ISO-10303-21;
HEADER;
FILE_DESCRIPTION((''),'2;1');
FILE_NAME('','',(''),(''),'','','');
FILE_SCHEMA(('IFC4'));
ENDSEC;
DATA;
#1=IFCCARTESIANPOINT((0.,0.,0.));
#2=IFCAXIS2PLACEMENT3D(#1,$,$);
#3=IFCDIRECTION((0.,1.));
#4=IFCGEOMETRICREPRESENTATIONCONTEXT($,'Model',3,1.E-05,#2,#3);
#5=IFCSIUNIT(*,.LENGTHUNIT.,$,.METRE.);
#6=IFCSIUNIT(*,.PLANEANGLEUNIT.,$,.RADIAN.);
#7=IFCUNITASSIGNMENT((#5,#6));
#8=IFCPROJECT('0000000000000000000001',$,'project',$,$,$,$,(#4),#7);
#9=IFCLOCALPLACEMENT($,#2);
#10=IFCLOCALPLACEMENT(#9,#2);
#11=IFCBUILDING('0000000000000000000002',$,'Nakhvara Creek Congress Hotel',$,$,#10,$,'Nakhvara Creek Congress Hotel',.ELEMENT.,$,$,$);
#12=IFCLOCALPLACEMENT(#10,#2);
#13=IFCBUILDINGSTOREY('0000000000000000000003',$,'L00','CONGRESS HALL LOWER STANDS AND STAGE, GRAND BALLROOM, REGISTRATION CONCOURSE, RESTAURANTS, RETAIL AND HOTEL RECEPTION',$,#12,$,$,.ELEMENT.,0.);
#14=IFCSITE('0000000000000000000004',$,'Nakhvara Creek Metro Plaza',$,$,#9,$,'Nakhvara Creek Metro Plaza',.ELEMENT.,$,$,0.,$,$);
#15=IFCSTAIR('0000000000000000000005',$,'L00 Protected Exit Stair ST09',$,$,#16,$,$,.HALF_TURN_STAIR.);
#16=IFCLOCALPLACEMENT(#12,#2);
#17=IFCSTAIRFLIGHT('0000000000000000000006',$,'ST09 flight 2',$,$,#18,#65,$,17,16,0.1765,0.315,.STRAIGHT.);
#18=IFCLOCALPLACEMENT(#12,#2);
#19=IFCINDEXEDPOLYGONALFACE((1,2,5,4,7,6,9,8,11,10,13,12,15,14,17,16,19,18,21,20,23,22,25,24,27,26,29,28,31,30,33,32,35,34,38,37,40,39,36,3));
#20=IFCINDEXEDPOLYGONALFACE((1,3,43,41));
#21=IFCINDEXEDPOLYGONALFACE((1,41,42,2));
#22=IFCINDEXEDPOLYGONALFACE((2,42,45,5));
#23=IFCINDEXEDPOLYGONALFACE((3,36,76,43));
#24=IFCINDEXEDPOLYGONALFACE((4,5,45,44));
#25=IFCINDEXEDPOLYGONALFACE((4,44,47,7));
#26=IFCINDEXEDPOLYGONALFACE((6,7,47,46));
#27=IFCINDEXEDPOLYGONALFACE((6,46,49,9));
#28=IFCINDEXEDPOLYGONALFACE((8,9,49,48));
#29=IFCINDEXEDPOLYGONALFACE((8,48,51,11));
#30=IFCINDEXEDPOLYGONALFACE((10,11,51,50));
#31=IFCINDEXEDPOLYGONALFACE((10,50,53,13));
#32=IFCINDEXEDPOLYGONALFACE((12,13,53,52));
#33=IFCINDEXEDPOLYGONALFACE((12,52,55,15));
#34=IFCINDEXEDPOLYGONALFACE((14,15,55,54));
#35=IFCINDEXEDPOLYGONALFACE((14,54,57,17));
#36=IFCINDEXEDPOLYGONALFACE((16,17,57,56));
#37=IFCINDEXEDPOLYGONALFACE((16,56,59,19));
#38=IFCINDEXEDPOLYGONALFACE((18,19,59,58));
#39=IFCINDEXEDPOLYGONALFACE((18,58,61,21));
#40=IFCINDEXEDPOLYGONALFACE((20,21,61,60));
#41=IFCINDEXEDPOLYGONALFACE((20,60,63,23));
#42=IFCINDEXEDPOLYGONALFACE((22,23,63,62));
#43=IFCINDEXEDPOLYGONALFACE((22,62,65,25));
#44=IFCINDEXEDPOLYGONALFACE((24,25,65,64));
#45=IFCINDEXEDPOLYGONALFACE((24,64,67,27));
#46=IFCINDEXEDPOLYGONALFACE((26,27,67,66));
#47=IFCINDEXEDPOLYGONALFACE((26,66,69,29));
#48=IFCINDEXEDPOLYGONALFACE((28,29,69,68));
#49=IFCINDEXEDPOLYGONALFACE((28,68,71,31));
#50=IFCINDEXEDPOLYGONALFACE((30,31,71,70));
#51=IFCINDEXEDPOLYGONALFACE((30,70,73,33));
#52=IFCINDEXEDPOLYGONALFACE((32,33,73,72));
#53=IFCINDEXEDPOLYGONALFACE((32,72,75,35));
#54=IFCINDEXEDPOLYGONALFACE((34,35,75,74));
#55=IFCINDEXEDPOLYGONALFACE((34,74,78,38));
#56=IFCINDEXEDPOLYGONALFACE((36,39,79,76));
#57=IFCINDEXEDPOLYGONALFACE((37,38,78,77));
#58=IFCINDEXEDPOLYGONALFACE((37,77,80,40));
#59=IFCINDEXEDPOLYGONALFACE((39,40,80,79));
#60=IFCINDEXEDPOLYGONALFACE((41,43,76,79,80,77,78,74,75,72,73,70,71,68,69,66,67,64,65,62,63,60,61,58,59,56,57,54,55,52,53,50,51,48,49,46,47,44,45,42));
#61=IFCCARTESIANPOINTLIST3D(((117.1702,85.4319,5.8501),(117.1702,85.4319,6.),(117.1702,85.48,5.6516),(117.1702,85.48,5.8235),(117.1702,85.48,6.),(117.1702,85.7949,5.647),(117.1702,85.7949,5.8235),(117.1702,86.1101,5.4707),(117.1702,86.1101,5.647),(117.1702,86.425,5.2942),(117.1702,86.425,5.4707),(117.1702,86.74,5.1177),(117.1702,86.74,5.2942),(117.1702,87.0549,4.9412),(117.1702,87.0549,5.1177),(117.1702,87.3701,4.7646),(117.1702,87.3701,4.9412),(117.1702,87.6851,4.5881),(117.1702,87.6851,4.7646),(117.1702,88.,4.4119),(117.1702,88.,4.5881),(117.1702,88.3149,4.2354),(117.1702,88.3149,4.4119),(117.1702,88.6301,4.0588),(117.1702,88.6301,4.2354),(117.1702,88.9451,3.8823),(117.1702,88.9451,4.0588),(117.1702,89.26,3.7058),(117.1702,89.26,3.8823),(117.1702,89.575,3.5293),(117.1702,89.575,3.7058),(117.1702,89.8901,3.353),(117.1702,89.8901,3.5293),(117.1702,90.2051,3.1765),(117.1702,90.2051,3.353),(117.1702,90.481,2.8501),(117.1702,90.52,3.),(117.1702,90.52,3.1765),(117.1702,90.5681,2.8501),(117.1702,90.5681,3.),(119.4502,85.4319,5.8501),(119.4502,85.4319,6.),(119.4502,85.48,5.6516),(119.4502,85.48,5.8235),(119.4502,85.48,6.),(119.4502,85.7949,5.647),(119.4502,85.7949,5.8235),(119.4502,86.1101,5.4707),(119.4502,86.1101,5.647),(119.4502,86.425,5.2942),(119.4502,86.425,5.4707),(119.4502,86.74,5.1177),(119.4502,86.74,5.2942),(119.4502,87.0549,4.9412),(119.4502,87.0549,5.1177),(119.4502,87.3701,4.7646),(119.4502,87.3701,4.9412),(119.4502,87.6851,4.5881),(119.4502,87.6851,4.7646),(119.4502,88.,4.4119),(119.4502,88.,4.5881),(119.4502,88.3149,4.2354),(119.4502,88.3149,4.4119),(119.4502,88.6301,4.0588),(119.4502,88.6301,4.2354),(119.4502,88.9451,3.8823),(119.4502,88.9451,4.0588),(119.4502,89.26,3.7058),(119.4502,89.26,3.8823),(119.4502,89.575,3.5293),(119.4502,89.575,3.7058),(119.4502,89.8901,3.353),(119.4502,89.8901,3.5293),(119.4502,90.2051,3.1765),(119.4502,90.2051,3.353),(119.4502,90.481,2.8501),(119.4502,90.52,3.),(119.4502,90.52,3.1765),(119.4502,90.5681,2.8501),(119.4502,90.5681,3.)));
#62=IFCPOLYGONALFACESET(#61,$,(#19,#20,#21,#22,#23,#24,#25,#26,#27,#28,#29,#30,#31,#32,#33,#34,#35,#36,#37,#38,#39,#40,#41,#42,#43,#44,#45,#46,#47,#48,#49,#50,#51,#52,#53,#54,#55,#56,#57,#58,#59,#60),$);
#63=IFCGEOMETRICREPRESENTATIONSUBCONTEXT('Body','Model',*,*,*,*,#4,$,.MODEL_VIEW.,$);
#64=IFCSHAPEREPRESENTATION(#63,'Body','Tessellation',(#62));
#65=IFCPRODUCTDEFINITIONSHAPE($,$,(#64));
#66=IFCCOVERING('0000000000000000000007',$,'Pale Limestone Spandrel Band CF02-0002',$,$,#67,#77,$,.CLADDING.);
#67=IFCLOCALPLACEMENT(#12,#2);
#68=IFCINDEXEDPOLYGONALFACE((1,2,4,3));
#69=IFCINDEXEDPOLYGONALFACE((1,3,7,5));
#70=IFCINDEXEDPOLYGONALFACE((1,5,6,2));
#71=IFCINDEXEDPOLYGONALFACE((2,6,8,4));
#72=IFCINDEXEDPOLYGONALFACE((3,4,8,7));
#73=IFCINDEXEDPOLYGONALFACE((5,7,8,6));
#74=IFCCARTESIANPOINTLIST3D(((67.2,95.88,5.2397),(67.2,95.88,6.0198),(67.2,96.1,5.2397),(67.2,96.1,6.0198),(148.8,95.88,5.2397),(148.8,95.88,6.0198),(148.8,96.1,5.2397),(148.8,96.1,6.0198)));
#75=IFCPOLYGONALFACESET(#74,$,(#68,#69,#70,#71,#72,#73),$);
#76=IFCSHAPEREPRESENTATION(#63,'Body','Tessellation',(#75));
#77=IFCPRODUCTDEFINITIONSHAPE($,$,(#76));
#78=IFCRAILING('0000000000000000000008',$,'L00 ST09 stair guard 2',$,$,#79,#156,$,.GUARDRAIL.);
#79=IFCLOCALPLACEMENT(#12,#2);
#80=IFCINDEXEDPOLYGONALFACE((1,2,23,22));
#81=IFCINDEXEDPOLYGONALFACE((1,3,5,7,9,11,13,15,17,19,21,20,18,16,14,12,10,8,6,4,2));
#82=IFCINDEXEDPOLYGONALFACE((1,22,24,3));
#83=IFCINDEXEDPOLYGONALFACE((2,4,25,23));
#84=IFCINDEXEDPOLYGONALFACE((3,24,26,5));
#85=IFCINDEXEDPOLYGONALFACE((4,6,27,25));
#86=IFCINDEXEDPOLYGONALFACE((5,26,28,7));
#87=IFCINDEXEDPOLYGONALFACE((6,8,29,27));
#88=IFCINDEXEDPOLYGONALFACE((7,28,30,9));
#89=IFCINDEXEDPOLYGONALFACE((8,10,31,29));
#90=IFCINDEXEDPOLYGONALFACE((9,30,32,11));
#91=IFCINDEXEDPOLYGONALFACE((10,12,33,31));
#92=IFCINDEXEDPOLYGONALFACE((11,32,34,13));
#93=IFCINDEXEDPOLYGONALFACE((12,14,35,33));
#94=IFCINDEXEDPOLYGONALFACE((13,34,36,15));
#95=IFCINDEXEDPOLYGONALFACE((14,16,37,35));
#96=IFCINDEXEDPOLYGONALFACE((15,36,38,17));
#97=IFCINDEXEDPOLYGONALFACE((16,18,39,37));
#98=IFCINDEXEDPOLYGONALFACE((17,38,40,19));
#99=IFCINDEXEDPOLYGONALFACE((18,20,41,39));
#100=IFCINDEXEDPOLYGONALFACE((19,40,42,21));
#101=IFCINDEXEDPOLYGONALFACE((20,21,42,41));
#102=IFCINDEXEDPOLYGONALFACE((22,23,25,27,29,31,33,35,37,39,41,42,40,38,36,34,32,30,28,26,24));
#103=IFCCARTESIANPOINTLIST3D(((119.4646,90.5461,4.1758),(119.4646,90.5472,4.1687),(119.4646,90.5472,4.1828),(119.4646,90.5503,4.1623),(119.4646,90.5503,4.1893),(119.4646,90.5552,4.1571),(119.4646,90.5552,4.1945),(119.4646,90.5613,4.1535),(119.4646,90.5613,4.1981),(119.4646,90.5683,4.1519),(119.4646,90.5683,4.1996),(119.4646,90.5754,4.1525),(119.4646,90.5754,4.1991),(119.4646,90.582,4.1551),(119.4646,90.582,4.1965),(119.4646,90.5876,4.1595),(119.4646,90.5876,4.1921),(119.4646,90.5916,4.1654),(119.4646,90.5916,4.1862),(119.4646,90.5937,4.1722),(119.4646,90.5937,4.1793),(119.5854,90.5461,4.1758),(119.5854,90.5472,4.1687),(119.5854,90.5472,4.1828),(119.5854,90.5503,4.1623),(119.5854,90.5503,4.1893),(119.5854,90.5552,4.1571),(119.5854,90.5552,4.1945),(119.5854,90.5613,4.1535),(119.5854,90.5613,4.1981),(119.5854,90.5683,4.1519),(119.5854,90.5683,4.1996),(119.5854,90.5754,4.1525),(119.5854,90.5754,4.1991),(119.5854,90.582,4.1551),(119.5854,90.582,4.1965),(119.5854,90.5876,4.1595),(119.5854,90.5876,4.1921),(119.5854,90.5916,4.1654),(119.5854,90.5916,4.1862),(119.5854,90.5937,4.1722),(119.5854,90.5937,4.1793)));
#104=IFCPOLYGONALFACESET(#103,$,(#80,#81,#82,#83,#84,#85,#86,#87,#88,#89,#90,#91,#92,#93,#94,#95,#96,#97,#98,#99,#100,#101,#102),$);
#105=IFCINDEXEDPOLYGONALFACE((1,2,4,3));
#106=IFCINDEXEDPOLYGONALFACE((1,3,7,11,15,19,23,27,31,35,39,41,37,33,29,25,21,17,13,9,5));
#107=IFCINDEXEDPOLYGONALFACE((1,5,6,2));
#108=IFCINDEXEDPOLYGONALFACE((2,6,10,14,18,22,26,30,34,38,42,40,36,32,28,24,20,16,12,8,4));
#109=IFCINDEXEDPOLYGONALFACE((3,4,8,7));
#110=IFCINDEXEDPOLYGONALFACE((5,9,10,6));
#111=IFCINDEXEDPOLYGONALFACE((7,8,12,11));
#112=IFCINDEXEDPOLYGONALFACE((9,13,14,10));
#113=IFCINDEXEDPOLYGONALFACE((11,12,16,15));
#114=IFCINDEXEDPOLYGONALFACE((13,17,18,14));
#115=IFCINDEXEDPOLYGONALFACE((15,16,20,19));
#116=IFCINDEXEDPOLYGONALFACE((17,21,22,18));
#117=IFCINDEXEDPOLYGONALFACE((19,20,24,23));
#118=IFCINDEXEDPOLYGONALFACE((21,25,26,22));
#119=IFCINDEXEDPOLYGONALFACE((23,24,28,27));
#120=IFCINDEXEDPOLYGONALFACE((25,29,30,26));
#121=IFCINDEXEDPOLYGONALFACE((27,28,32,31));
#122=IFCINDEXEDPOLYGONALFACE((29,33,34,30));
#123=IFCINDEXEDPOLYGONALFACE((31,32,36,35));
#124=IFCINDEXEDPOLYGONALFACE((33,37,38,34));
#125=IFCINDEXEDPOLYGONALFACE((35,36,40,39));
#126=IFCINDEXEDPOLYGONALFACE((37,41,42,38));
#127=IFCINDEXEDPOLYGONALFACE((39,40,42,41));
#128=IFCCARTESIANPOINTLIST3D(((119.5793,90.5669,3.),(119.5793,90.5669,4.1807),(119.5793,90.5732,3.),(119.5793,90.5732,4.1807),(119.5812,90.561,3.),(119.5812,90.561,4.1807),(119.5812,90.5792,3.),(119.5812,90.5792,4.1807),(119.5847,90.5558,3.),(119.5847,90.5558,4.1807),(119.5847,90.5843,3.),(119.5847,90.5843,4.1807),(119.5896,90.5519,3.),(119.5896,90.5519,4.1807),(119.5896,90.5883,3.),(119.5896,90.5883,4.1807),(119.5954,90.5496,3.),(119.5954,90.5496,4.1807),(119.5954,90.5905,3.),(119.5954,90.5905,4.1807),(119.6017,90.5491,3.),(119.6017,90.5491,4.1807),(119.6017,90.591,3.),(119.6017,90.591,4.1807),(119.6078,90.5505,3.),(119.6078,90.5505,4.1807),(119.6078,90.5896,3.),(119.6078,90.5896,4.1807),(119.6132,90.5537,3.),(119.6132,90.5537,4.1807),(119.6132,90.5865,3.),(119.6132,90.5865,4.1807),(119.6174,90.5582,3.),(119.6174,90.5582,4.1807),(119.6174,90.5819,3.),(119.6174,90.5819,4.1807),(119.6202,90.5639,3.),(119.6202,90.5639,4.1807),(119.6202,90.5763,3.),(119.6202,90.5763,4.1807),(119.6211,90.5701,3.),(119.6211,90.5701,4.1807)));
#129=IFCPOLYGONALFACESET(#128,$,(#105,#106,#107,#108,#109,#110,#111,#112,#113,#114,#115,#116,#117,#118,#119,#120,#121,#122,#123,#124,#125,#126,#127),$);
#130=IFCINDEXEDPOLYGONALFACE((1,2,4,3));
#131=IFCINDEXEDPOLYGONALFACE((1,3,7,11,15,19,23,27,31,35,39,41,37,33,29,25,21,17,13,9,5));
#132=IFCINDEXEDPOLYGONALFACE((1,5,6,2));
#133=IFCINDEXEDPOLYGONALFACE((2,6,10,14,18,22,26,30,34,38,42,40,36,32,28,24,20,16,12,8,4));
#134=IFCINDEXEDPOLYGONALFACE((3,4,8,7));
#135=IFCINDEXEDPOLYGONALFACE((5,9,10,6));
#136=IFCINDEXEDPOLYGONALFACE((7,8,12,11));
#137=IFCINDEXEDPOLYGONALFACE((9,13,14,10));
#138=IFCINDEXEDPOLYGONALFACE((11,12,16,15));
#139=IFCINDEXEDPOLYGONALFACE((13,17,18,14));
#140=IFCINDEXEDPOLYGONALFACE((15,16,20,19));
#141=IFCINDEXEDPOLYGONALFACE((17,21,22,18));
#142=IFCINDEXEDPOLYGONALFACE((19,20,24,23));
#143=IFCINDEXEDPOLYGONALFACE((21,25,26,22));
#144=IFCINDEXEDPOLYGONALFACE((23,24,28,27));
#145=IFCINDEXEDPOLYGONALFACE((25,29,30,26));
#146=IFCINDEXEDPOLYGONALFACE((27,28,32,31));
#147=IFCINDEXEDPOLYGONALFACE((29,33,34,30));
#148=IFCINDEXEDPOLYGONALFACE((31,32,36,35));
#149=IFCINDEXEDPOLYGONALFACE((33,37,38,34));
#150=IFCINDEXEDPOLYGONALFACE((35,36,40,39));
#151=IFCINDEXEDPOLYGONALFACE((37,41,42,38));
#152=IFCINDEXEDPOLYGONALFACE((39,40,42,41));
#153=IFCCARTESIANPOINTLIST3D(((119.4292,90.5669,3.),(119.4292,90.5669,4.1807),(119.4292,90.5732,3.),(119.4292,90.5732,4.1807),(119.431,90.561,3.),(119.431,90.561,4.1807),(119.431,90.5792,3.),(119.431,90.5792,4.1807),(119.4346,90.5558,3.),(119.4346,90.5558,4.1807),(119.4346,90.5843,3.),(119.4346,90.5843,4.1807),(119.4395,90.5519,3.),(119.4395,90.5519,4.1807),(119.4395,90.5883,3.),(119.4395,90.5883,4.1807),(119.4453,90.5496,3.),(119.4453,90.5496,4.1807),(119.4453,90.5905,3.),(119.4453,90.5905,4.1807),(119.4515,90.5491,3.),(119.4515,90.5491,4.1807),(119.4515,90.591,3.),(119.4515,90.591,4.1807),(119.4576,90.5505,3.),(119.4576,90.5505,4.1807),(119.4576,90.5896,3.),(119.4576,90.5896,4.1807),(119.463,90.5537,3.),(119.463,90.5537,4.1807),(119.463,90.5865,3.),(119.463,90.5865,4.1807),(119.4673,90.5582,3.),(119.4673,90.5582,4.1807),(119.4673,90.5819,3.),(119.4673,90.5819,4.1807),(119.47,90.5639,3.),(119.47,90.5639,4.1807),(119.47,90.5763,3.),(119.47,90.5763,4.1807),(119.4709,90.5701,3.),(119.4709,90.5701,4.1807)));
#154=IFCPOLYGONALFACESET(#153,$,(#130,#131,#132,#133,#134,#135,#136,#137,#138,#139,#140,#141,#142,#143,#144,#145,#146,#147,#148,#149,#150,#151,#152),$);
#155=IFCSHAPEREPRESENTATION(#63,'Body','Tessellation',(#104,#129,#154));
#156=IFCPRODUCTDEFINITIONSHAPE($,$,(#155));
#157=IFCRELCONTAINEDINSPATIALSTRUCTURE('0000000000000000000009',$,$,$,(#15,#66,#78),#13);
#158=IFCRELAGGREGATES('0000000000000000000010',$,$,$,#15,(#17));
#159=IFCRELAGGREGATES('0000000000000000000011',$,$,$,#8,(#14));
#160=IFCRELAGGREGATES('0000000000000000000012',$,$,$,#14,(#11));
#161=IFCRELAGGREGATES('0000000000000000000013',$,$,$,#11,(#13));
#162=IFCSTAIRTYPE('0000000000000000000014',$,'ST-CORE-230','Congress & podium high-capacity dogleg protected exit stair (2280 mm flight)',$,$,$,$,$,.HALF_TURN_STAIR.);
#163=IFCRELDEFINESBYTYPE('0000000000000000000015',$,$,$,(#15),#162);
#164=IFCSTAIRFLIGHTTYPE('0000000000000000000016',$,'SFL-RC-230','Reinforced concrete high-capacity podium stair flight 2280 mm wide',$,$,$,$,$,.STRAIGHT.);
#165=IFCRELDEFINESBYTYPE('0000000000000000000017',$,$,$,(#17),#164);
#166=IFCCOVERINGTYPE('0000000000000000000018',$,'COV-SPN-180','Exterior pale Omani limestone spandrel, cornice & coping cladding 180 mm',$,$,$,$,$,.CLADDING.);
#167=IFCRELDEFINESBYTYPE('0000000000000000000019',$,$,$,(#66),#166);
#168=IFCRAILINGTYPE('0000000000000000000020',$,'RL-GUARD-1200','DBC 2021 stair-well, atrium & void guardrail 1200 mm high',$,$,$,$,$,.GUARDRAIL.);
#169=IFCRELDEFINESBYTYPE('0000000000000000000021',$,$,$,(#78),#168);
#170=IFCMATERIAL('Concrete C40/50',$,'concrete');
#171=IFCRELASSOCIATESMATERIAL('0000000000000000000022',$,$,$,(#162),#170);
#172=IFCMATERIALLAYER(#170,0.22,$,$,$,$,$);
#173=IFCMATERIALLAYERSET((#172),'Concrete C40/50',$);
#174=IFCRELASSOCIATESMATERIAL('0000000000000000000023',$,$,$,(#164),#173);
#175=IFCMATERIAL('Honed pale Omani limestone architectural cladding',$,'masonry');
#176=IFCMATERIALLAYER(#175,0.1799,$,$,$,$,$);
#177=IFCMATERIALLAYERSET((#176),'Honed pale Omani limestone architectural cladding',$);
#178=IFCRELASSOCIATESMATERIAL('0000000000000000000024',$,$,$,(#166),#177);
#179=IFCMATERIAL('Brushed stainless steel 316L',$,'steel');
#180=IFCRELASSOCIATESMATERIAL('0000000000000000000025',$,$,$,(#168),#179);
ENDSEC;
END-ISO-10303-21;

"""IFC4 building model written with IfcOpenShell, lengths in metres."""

from ifc_helpers import new_model, si_unit, direction, frame, origin, origin_2d, place, context, subcontext, project, spatial, polyline, rectangle, circle, outline, extrude, material, layer, layer_set, type_object, element, aggregate, save


model = new_model("IFC4")

# Units and contexts
model_context = context("Model", 3, precision=1e-05, world=origin(), true_north=direction((0.0, 1.0)))
body_context = subcontext(model_context, "Body", "Model", "MODEL_VIEW")
ifc_project = project(units=[si_unit("LENGTHUNIT", "METRE"), si_unit("PLANEANGLEUNIT", "RADIAN")], contexts=[model_context])

# Site, building, storey
site_placement = place(None, origin())
site = spatial("IfcSite", under=ifc_project, at=site_placement, Name="Nakhvara Creek Metro Plaza", LongName="Nakhvara Creek Metro Plaza", CompositionType="ELEMENT", RefElevation=0.0)
building_placement = place(site_placement, origin())
building = spatial("IfcBuilding", under=site, at=building_placement, Name="Nakhvara Creek Congress Hotel", LongName="Nakhvara Creek Congress Hotel", CompositionType="ELEMENT")
storey_placement = place(building_placement, origin())
storey = spatial("IfcBuildingStorey", under=building, at=storey_placement, Name="L00", Description="CONGRESS HALL LOWER STANDS AND STAGE, GRAND BALLROOM, REGISTRATION CONCOURSE, RESTAURANTS, RETAIL AND HOTEL RECEPTION", CompositionType="ELEMENT", Elevation=0.0)

# Shared definitions
ifc_material_1 = material(Name="Concrete C40/50", Category="concrete")

# Stair, stair flight
stair_type = type_object("IfcStairType", Name="ST-CORE-230", Description="Congress & podium high-capacity dogleg protected exit stair (2280 mm flight)", PredefinedType="HALF_TURN_STAIR", material=ifc_material_1)
stair_placement = place(storey_placement, origin())
stair = element("IfcStair", 1, at=stair_placement, inside=storey, type_object=stair_type, Name="L00 Protected Exit Stair ST09", PredefinedType="HALF_TURN_STAIR")
ifc_layer_1 = layer(ifc_material_1, 0.22)
ifc_layer_set_1 = layer_set([ifc_layer_1], Name="Concrete C40/50")
stair_flight_type = type_object("IfcStairFlightType", Name="SFL-RC-230", Description="Reinforced concrete high-capacity podium stair flight 2280 mm wide", PredefinedType="STRAIGHT", material=ifc_layer_set_1)
stair_flight_placement = place(storey_placement, frame((118.3101, 90.52, 3.0), z_axis=(0.0, 0.0, 1.0), x_axis=(0.0, -1.0, 0.0)))
stair_flight = element("IfcStairFlight", 2, at=stair_flight_placement, type_object=stair_flight_type, Name="ST09 flight 2", NumberOfRisers=17, NumberOfTreads=16, PredefinedType="STRAIGHT", RiserHeight=0.1765, TreadLength=0.315, context=body_context, shape_type="SweptSolid", body=[
    extrude(outline(polyline([(-0.0481, 0.0), (0.0, 0.0), (0.0, 0.1765), (0.3149, 0.1765), (0.3149, 0.353), (0.6299, 0.353), (0.6299, 0.5293), (0.9451, 0.5293), (0.9451, 0.7058), (1.26, 0.7058), (1.26, 0.8823), (1.575, 0.8823), (1.575, 1.0588), (1.8899, 1.0588), (1.8899, 1.2354), (2.2051, 1.2354), (2.2051, 1.4119), (2.52, 1.4119), (2.52, 1.5881), (2.835, 1.5881), (2.835, 1.7646), (3.1499, 1.7646), (3.1499, 1.9412), (3.4651, 1.9412), (3.4651, 2.1177), (3.78, 2.1177), (3.78, 2.2942), (4.095, 2.2942), (4.095, 2.4707), (4.4099, 2.4707), (4.4099, 2.647), (4.7251, 2.647), (4.7251, 2.8235), (5.04, 2.8235), (5.04, 3.0), (5.0881, 3.0), (5.0881, 2.8501), (5.04, 2.6516), (0.0391, -0.1499), (-0.0481, -0.1499), (-0.0481, 0.0)])), frame((0.0, 1.1401, 0.0), z_axis=(0.0, -1.0, 0.0), x_axis=(1.0, 0.0, 0.0)), (0.0, 0.0, 1.0), 2.28),
])
aggregate(stair, [stair_flight])

# Covering
ifc_material_2 = material(Name="Honed pale Omani limestone architectural cladding", Category="masonry")
ifc_layer_2 = layer(ifc_material_2, 0.1799)
ifc_layer_set_2 = layer_set([ifc_layer_2], Name="Honed pale Omani limestone architectural cladding")
covering_type = type_object("IfcCoveringType", Name="COV-SPN-180", Description="Exterior pale Omani limestone spandrel, cornice & coping cladding 180 mm", PredefinedType="CLADDING", material=ifc_layer_set_2)
covering_placement = place(storey_placement, frame((108.0, 95.99, 5.2397), z_axis=(0.0, 0.0, 1.0), x_axis=(1.0, 0.0, 0.0)))
element("IfcCovering", 3, at=covering_placement, inside=storey, type_object=covering_type, Name="Pale Limestone Spandrel Band CF02-0002", PredefinedType="CLADDING", context=body_context, shape_type="SweptSolid", body=[
    extrude(rectangle(XDim=81.6001, YDim=0.22, at=origin_2d()), origin(), (0.0, 0.0, 1.0), 0.78),
])

# Railing
ifc_material_3 = material(Name="Brushed stainless steel 316L", Category="steel")
railing_type_1 = type_object("IfcRailingType", Name="RL-GUARD-1200", Description="DBC 2021 stair-well, atrium & void guardrail 1200 mm high", PredefinedType="GUARDRAIL", material=ifc_material_3)
railing_1_placement = place(storey_placement, frame((119.6001, 90.5701, 3.0)))
element("IfcRailing", 4, at=railing_1_placement, inside=storey, type_object=railing_type_1, Name="L00 ST09 stair guard 2", PredefinedType="GUARDRAIL", context=body_context, shape_type="SweptSolid", body=[
    extrude(circle(Radius=0.0239, at=origin_2d()), frame((-0.0146, 0.0, 1.1758), z_axis=(-1.0, 0.0, 0.0), x_axis=(0.0, -1.0, 0.0)), (0.0, 0.0, 1.0), 0.1208),
    extrude(circle(Radius=0.021, at=origin_2d()), origin(), (0.0, 0.0, 1.0), 1.1807),
    extrude(circle(Radius=0.021, at=origin_2d()), frame((-0.1501, 0.0, 0.0)), (0.0, 0.0, 1.0), 1.1807),
])

save(model, "model.ifc")
